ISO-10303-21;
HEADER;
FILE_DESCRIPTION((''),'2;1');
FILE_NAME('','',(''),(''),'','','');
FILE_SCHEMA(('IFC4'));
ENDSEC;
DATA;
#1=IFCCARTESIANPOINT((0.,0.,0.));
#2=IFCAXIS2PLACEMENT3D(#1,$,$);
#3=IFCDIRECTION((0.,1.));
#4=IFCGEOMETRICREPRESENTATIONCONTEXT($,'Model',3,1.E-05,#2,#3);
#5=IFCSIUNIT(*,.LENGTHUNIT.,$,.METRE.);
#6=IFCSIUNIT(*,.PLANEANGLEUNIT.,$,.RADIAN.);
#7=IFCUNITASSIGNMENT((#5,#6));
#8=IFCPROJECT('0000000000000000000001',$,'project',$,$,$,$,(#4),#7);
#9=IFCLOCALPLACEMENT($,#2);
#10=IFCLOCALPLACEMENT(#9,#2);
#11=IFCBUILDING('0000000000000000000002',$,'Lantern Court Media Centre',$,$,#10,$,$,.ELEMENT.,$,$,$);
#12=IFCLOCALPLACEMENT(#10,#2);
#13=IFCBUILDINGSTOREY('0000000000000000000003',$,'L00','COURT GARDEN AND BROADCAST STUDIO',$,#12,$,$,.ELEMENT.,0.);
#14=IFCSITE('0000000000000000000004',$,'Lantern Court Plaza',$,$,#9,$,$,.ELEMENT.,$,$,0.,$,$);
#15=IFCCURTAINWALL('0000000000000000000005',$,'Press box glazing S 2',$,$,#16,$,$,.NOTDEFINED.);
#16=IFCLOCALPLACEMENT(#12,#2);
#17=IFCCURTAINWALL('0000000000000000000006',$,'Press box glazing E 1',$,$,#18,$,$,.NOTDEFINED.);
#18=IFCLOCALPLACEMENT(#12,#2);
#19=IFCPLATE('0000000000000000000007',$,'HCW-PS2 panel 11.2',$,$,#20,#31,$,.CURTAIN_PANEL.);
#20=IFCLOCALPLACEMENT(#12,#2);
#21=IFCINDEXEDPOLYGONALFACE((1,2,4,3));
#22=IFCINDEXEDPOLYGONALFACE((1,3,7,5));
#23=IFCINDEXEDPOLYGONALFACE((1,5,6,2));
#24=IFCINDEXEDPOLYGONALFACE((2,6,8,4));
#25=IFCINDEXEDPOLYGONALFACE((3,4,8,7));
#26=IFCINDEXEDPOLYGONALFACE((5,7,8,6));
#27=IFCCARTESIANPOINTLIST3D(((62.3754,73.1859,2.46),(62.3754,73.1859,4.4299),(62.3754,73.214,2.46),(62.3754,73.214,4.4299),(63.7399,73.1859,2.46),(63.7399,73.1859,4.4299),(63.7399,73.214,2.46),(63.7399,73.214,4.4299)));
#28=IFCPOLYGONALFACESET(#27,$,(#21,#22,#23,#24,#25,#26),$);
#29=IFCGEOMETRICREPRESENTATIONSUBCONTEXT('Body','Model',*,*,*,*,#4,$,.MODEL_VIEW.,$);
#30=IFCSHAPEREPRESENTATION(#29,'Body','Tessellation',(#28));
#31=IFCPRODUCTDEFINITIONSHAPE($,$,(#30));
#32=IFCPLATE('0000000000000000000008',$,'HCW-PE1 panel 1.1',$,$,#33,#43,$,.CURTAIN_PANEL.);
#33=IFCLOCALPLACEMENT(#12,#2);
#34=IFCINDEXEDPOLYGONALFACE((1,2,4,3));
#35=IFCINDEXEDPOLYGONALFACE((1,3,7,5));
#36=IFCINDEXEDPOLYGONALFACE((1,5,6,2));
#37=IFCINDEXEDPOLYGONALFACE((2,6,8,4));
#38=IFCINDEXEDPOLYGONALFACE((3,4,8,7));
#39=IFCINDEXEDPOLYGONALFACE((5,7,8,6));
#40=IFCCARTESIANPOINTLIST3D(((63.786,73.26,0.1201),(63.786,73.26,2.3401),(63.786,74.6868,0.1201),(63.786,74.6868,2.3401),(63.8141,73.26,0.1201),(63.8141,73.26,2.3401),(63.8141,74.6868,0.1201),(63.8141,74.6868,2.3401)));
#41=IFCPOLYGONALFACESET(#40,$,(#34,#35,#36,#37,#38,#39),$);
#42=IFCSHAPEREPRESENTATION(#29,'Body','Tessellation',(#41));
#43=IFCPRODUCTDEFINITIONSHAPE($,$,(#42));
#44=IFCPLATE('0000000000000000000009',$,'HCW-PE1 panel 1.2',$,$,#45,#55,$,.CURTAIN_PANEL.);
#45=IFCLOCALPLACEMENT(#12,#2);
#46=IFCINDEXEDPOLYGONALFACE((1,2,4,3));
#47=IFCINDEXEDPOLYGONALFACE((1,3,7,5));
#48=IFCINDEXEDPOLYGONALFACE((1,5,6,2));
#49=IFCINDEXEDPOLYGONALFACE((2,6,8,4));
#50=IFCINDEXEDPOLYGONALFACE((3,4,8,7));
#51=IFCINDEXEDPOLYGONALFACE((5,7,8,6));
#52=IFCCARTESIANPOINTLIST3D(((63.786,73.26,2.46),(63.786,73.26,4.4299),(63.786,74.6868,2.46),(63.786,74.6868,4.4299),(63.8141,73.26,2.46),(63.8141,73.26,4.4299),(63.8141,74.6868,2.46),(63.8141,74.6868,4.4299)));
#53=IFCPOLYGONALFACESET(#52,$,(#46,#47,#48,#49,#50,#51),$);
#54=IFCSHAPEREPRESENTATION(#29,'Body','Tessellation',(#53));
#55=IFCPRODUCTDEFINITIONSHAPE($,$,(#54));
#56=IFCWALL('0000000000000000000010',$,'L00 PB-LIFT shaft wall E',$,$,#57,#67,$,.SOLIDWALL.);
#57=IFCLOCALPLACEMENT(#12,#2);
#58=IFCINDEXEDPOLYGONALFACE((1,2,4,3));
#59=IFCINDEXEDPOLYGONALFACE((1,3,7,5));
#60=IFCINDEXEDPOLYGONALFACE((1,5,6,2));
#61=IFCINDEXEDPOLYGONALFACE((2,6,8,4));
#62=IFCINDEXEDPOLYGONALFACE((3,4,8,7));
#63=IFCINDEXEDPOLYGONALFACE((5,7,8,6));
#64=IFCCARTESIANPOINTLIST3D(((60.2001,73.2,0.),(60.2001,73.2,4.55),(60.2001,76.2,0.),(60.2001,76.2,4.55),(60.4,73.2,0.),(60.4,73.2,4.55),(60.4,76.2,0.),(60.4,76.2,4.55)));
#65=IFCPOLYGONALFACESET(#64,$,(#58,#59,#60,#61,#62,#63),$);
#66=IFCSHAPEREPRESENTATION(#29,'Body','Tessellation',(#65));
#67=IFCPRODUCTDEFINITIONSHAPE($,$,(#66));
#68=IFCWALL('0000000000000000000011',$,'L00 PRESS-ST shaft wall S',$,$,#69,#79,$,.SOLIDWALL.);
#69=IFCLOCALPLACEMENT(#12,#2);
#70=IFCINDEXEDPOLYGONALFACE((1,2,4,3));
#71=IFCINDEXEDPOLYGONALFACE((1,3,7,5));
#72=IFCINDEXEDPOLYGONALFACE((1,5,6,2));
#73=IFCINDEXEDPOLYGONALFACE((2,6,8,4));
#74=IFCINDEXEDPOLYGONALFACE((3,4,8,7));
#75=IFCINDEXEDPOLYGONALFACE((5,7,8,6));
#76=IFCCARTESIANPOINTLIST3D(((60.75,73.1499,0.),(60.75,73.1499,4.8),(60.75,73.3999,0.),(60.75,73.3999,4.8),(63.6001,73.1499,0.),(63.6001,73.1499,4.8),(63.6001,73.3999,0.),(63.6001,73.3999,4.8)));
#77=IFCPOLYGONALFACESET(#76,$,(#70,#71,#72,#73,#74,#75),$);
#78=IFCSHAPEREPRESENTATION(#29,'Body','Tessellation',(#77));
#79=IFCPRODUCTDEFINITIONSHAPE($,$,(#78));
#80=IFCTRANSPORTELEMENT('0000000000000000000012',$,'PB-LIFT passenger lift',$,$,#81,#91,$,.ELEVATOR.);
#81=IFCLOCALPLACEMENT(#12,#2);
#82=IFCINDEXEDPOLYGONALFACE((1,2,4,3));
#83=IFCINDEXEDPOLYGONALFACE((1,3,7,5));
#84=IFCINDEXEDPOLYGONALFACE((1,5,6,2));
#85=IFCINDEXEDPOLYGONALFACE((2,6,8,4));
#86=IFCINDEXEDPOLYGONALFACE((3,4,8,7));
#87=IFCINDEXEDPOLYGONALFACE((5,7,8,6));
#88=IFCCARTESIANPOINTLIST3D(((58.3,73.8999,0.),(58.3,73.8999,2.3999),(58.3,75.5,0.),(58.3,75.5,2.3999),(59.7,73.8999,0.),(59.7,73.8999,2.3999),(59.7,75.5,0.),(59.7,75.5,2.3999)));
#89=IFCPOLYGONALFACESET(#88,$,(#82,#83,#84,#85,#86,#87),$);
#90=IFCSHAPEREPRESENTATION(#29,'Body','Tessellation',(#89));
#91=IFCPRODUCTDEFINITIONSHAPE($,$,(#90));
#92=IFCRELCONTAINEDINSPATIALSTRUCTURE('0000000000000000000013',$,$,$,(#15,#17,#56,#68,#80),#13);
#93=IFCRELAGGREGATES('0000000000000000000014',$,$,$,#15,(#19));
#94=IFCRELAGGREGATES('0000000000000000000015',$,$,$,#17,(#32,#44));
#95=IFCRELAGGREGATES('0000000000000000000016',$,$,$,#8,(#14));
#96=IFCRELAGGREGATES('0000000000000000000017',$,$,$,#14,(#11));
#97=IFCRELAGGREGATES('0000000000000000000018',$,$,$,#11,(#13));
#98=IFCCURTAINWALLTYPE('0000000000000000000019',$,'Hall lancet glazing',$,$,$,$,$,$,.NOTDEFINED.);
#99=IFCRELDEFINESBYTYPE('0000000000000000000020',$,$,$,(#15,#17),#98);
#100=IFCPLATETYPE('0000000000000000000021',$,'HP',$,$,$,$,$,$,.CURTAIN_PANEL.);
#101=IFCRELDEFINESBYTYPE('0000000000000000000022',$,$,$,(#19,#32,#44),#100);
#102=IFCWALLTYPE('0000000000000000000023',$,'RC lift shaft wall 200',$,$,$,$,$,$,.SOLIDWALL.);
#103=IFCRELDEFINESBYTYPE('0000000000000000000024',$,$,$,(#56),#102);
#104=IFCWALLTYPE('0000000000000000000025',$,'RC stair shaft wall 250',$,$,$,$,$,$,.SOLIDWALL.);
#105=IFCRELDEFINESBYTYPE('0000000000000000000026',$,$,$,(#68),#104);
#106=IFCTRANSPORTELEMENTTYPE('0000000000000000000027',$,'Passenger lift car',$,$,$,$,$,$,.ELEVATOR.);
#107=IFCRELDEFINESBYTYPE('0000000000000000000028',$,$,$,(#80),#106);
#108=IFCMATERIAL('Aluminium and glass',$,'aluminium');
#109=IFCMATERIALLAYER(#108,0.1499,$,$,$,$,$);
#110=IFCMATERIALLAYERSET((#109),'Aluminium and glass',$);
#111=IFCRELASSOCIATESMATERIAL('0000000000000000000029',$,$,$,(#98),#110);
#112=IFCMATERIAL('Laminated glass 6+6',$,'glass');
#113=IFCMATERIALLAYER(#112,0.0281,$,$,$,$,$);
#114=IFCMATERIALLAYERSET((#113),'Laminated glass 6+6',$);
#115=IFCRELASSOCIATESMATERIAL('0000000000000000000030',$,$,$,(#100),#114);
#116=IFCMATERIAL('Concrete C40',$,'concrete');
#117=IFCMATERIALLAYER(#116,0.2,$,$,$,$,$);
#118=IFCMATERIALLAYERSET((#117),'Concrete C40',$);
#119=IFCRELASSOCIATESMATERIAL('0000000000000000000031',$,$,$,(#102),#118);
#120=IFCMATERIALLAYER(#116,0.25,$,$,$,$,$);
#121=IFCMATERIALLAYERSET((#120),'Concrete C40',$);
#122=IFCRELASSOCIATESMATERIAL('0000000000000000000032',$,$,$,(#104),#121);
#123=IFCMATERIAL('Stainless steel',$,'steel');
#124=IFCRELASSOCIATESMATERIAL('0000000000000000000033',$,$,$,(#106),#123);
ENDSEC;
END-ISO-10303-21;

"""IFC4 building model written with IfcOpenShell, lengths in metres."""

from ifc_helpers import new_model, si_unit, direction, frame, frame_2d, origin, origin_2d, place, context, subcontext, project, spatial, rectangle, extrude, material, layer, layer_set, type_object, element, aggregate, save


model = new_model("IFC4")

# Units and contexts
model_context = context("Model", 3, precision=1e-05, world=origin(), true_north=direction((0.0, 1.0)))
body_context = subcontext(model_context, "Body", "Model", "MODEL_VIEW")
ifc_project = project(units=[si_unit("LENGTHUNIT", "METRE"), si_unit("PLANEANGLEUNIT", "RADIAN")], contexts=[model_context])

# Site, building, storey
site_placement = place(None, origin())
site = spatial("IfcSite", under=ifc_project, at=site_placement, Name="Lantern Court Plaza", CompositionType="ELEMENT", RefElevation=0.0)
building_placement = place(site_placement, origin())
building = spatial("IfcBuilding", under=site, at=building_placement, Name="Lantern Court Media Centre", CompositionType="ELEMENT")
storey_placement = place(building_placement, origin())
storey = spatial("IfcBuildingStorey", under=building, at=storey_placement, Name="L00", Description="COURT GARDEN AND BROADCAST STUDIO", CompositionType="ELEMENT", Elevation=0.0)

# Curtain wall
ifc_material_1 = material(Name="Aluminium and glass", Category="aluminium")
ifc_layer_1 = layer(ifc_material_1, 0.1499)
ifc_layer_set_1 = layer_set([ifc_layer_1], Name="Aluminium and glass")
curtain_wall_type = type_object("IfcCurtainWallType", Name="Hall lancet glazing", PredefinedType="NOTDEFINED", material=ifc_layer_set_1)
curtain_wall_1_placement = place(storey_placement, origin())
curtain_wall_1 = element("IfcCurtainWall", 1, at=curtain_wall_1_placement, inside=storey, type_object=curtain_wall_type, Name="Press box glazing S 2", PredefinedType="NOTDEFINED")

# Curtain wall
curtain_wall_2_placement = place(storey_placement, origin())
curtain_wall_2 = element("IfcCurtainWall", 2, at=curtain_wall_2_placement, inside=storey, type_object=curtain_wall_type, Name="Press box glazing E 1", PredefinedType="NOTDEFINED")

# Plates
ifc_material_2 = material(Name="Laminated glass 6+6", Category="glass")
ifc_layer_2 = layer(ifc_material_2, 0.0281)
ifc_layer_set_2 = layer_set([ifc_layer_2], Name="Laminated glass 6+6")
plate_type = type_object("IfcPlateType", Name="HP", PredefinedType="CURTAIN_PANEL", material=ifc_layer_set_2)
plate_1_placement = place(storey_placement, frame((63.0576, 73.2, 2.46), z_axis=(0.0, 0.0, 1.0), x_axis=(1.0, 0.0, 0.0)))
plate_1 = element("IfcPlate", 3, at=plate_1_placement, type_object=plate_type, Name="HCW-PS2 panel 11.2", PredefinedType="CURTAIN_PANEL", context=body_context, shape_type="SweptSolid", body=[
    extrude(rectangle(XDim=1.3645, YDim=0.0281, at=origin_2d()), origin(), (0.0, 0.0, 1.0), 1.97),
])
aggregate(curtain_wall_1, [plate_1])
plate_2_placement = place(storey_placement, frame((63.8, 73.9734, 0.1201), z_axis=(0.0, 0.0, 1.0), x_axis=(0.0, 1.0, 0.0)))
plate_2 = element("IfcPlate", 4, at=plate_2_placement, type_object=plate_type, Name="HCW-PE1 panel 1.1", PredefinedType="CURTAIN_PANEL", context=body_context, shape_type="SweptSolid", body=[
    extrude(rectangle(XDim=1.4268, YDim=0.0281, at=origin_2d()), origin(), (0.0, 0.0, 1.0), 2.22),
])
plate_3_placement = place(storey_placement, frame((63.8, 73.9734, 2.46), z_axis=(0.0, 0.0, 1.0), x_axis=(0.0, 1.0, 0.0)))
plate_3 = element("IfcPlate", 5, at=plate_3_placement, type_object=plate_type, Name="HCW-PE1 panel 1.2", PredefinedType="CURTAIN_PANEL", context=body_context, shape_type="SweptSolid", body=[
    extrude(rectangle(XDim=1.4268, YDim=0.0281, at=origin_2d()), origin(), (0.0, 0.0, 1.0), 1.97),
])
aggregate(curtain_wall_2, [plate_2, plate_3])

# Walls
ifc_material_3 = material(Name="Concrete C40", Category="concrete")
ifc_layer_3 = layer(ifc_material_3, 0.2)
ifc_layer_set_3 = layer_set([ifc_layer_3], Name="Concrete C40")
wall_type_1 = type_object("IfcWallType", Name="RC lift shaft wall 200", PredefinedType="SOLIDWALL", material=ifc_layer_set_3)
wall_1_placement = place(storey_placement, frame((60.3, 73.2, 0.0), z_axis=(0.0, 0.0, 1.0), x_axis=(0.0, 1.0, 0.0)))
element("IfcWall", 6, at=wall_1_placement, inside=storey, type_object=wall_type_1, Name="L00 PB-LIFT shaft wall E", PredefinedType="SOLIDWALL", context=body_context, shape_type="SweptSolid", body=[
    extrude(rectangle(XDim=3.0, YDim=0.2, at=frame_2d((1.5, 0.0))), origin(), (0.0, 0.0, 1.0), 4.55),
])
ifc_layer_4 = layer(ifc_material_3, 0.25)
ifc_layer_set_4 = layer_set([ifc_layer_4], Name="Concrete C40")
wall_type_2 = type_object("IfcWallType", Name="RC stair shaft wall 250", PredefinedType="SOLIDWALL", material=ifc_layer_set_4)
wall_2_placement = place(storey_placement, frame((60.75, 73.2749, 0.0), z_axis=(0.0, 0.0, 1.0), x_axis=(1.0, 0.0, 0.0)))
element("IfcWall", 7, at=wall_2_placement, inside=storey, type_object=wall_type_2, Name="L00 PRESS-ST shaft wall S", PredefinedType="SOLIDWALL", context=body_context, shape_type="SweptSolid", body=[
    extrude(rectangle(XDim=2.8501, YDim=0.25, at=frame_2d((1.425, 0.0))), origin(), (0.0, 0.0, 1.0), 4.8),
])

# Transport element
ifc_material_4 = material(Name="Stainless steel", Category="steel")
transport_element_type = type_object("IfcTransportElementType", Name="Passenger lift car", PredefinedType="ELEVATOR", material=ifc_material_4)
transport_element_placement = place(storey_placement, frame((59.0, 74.7, 0.0), z_axis=(0.0, 0.0, 1.0), x_axis=(1.0, 0.0, 0.0)))
element("IfcTransportElement", 8, at=transport_element_placement, inside=storey, type_object=transport_element_type, Name="PB-LIFT passenger lift", PredefinedType="ELEVATOR", context=body_context, shape_type="SweptSolid", body=[
    extrude(rectangle(XDim=1.3999, YDim=1.6001, at=origin_2d()), origin(), (0.0, 0.0, 1.0), 2.3999),
])

save(model, "model.ifc")
